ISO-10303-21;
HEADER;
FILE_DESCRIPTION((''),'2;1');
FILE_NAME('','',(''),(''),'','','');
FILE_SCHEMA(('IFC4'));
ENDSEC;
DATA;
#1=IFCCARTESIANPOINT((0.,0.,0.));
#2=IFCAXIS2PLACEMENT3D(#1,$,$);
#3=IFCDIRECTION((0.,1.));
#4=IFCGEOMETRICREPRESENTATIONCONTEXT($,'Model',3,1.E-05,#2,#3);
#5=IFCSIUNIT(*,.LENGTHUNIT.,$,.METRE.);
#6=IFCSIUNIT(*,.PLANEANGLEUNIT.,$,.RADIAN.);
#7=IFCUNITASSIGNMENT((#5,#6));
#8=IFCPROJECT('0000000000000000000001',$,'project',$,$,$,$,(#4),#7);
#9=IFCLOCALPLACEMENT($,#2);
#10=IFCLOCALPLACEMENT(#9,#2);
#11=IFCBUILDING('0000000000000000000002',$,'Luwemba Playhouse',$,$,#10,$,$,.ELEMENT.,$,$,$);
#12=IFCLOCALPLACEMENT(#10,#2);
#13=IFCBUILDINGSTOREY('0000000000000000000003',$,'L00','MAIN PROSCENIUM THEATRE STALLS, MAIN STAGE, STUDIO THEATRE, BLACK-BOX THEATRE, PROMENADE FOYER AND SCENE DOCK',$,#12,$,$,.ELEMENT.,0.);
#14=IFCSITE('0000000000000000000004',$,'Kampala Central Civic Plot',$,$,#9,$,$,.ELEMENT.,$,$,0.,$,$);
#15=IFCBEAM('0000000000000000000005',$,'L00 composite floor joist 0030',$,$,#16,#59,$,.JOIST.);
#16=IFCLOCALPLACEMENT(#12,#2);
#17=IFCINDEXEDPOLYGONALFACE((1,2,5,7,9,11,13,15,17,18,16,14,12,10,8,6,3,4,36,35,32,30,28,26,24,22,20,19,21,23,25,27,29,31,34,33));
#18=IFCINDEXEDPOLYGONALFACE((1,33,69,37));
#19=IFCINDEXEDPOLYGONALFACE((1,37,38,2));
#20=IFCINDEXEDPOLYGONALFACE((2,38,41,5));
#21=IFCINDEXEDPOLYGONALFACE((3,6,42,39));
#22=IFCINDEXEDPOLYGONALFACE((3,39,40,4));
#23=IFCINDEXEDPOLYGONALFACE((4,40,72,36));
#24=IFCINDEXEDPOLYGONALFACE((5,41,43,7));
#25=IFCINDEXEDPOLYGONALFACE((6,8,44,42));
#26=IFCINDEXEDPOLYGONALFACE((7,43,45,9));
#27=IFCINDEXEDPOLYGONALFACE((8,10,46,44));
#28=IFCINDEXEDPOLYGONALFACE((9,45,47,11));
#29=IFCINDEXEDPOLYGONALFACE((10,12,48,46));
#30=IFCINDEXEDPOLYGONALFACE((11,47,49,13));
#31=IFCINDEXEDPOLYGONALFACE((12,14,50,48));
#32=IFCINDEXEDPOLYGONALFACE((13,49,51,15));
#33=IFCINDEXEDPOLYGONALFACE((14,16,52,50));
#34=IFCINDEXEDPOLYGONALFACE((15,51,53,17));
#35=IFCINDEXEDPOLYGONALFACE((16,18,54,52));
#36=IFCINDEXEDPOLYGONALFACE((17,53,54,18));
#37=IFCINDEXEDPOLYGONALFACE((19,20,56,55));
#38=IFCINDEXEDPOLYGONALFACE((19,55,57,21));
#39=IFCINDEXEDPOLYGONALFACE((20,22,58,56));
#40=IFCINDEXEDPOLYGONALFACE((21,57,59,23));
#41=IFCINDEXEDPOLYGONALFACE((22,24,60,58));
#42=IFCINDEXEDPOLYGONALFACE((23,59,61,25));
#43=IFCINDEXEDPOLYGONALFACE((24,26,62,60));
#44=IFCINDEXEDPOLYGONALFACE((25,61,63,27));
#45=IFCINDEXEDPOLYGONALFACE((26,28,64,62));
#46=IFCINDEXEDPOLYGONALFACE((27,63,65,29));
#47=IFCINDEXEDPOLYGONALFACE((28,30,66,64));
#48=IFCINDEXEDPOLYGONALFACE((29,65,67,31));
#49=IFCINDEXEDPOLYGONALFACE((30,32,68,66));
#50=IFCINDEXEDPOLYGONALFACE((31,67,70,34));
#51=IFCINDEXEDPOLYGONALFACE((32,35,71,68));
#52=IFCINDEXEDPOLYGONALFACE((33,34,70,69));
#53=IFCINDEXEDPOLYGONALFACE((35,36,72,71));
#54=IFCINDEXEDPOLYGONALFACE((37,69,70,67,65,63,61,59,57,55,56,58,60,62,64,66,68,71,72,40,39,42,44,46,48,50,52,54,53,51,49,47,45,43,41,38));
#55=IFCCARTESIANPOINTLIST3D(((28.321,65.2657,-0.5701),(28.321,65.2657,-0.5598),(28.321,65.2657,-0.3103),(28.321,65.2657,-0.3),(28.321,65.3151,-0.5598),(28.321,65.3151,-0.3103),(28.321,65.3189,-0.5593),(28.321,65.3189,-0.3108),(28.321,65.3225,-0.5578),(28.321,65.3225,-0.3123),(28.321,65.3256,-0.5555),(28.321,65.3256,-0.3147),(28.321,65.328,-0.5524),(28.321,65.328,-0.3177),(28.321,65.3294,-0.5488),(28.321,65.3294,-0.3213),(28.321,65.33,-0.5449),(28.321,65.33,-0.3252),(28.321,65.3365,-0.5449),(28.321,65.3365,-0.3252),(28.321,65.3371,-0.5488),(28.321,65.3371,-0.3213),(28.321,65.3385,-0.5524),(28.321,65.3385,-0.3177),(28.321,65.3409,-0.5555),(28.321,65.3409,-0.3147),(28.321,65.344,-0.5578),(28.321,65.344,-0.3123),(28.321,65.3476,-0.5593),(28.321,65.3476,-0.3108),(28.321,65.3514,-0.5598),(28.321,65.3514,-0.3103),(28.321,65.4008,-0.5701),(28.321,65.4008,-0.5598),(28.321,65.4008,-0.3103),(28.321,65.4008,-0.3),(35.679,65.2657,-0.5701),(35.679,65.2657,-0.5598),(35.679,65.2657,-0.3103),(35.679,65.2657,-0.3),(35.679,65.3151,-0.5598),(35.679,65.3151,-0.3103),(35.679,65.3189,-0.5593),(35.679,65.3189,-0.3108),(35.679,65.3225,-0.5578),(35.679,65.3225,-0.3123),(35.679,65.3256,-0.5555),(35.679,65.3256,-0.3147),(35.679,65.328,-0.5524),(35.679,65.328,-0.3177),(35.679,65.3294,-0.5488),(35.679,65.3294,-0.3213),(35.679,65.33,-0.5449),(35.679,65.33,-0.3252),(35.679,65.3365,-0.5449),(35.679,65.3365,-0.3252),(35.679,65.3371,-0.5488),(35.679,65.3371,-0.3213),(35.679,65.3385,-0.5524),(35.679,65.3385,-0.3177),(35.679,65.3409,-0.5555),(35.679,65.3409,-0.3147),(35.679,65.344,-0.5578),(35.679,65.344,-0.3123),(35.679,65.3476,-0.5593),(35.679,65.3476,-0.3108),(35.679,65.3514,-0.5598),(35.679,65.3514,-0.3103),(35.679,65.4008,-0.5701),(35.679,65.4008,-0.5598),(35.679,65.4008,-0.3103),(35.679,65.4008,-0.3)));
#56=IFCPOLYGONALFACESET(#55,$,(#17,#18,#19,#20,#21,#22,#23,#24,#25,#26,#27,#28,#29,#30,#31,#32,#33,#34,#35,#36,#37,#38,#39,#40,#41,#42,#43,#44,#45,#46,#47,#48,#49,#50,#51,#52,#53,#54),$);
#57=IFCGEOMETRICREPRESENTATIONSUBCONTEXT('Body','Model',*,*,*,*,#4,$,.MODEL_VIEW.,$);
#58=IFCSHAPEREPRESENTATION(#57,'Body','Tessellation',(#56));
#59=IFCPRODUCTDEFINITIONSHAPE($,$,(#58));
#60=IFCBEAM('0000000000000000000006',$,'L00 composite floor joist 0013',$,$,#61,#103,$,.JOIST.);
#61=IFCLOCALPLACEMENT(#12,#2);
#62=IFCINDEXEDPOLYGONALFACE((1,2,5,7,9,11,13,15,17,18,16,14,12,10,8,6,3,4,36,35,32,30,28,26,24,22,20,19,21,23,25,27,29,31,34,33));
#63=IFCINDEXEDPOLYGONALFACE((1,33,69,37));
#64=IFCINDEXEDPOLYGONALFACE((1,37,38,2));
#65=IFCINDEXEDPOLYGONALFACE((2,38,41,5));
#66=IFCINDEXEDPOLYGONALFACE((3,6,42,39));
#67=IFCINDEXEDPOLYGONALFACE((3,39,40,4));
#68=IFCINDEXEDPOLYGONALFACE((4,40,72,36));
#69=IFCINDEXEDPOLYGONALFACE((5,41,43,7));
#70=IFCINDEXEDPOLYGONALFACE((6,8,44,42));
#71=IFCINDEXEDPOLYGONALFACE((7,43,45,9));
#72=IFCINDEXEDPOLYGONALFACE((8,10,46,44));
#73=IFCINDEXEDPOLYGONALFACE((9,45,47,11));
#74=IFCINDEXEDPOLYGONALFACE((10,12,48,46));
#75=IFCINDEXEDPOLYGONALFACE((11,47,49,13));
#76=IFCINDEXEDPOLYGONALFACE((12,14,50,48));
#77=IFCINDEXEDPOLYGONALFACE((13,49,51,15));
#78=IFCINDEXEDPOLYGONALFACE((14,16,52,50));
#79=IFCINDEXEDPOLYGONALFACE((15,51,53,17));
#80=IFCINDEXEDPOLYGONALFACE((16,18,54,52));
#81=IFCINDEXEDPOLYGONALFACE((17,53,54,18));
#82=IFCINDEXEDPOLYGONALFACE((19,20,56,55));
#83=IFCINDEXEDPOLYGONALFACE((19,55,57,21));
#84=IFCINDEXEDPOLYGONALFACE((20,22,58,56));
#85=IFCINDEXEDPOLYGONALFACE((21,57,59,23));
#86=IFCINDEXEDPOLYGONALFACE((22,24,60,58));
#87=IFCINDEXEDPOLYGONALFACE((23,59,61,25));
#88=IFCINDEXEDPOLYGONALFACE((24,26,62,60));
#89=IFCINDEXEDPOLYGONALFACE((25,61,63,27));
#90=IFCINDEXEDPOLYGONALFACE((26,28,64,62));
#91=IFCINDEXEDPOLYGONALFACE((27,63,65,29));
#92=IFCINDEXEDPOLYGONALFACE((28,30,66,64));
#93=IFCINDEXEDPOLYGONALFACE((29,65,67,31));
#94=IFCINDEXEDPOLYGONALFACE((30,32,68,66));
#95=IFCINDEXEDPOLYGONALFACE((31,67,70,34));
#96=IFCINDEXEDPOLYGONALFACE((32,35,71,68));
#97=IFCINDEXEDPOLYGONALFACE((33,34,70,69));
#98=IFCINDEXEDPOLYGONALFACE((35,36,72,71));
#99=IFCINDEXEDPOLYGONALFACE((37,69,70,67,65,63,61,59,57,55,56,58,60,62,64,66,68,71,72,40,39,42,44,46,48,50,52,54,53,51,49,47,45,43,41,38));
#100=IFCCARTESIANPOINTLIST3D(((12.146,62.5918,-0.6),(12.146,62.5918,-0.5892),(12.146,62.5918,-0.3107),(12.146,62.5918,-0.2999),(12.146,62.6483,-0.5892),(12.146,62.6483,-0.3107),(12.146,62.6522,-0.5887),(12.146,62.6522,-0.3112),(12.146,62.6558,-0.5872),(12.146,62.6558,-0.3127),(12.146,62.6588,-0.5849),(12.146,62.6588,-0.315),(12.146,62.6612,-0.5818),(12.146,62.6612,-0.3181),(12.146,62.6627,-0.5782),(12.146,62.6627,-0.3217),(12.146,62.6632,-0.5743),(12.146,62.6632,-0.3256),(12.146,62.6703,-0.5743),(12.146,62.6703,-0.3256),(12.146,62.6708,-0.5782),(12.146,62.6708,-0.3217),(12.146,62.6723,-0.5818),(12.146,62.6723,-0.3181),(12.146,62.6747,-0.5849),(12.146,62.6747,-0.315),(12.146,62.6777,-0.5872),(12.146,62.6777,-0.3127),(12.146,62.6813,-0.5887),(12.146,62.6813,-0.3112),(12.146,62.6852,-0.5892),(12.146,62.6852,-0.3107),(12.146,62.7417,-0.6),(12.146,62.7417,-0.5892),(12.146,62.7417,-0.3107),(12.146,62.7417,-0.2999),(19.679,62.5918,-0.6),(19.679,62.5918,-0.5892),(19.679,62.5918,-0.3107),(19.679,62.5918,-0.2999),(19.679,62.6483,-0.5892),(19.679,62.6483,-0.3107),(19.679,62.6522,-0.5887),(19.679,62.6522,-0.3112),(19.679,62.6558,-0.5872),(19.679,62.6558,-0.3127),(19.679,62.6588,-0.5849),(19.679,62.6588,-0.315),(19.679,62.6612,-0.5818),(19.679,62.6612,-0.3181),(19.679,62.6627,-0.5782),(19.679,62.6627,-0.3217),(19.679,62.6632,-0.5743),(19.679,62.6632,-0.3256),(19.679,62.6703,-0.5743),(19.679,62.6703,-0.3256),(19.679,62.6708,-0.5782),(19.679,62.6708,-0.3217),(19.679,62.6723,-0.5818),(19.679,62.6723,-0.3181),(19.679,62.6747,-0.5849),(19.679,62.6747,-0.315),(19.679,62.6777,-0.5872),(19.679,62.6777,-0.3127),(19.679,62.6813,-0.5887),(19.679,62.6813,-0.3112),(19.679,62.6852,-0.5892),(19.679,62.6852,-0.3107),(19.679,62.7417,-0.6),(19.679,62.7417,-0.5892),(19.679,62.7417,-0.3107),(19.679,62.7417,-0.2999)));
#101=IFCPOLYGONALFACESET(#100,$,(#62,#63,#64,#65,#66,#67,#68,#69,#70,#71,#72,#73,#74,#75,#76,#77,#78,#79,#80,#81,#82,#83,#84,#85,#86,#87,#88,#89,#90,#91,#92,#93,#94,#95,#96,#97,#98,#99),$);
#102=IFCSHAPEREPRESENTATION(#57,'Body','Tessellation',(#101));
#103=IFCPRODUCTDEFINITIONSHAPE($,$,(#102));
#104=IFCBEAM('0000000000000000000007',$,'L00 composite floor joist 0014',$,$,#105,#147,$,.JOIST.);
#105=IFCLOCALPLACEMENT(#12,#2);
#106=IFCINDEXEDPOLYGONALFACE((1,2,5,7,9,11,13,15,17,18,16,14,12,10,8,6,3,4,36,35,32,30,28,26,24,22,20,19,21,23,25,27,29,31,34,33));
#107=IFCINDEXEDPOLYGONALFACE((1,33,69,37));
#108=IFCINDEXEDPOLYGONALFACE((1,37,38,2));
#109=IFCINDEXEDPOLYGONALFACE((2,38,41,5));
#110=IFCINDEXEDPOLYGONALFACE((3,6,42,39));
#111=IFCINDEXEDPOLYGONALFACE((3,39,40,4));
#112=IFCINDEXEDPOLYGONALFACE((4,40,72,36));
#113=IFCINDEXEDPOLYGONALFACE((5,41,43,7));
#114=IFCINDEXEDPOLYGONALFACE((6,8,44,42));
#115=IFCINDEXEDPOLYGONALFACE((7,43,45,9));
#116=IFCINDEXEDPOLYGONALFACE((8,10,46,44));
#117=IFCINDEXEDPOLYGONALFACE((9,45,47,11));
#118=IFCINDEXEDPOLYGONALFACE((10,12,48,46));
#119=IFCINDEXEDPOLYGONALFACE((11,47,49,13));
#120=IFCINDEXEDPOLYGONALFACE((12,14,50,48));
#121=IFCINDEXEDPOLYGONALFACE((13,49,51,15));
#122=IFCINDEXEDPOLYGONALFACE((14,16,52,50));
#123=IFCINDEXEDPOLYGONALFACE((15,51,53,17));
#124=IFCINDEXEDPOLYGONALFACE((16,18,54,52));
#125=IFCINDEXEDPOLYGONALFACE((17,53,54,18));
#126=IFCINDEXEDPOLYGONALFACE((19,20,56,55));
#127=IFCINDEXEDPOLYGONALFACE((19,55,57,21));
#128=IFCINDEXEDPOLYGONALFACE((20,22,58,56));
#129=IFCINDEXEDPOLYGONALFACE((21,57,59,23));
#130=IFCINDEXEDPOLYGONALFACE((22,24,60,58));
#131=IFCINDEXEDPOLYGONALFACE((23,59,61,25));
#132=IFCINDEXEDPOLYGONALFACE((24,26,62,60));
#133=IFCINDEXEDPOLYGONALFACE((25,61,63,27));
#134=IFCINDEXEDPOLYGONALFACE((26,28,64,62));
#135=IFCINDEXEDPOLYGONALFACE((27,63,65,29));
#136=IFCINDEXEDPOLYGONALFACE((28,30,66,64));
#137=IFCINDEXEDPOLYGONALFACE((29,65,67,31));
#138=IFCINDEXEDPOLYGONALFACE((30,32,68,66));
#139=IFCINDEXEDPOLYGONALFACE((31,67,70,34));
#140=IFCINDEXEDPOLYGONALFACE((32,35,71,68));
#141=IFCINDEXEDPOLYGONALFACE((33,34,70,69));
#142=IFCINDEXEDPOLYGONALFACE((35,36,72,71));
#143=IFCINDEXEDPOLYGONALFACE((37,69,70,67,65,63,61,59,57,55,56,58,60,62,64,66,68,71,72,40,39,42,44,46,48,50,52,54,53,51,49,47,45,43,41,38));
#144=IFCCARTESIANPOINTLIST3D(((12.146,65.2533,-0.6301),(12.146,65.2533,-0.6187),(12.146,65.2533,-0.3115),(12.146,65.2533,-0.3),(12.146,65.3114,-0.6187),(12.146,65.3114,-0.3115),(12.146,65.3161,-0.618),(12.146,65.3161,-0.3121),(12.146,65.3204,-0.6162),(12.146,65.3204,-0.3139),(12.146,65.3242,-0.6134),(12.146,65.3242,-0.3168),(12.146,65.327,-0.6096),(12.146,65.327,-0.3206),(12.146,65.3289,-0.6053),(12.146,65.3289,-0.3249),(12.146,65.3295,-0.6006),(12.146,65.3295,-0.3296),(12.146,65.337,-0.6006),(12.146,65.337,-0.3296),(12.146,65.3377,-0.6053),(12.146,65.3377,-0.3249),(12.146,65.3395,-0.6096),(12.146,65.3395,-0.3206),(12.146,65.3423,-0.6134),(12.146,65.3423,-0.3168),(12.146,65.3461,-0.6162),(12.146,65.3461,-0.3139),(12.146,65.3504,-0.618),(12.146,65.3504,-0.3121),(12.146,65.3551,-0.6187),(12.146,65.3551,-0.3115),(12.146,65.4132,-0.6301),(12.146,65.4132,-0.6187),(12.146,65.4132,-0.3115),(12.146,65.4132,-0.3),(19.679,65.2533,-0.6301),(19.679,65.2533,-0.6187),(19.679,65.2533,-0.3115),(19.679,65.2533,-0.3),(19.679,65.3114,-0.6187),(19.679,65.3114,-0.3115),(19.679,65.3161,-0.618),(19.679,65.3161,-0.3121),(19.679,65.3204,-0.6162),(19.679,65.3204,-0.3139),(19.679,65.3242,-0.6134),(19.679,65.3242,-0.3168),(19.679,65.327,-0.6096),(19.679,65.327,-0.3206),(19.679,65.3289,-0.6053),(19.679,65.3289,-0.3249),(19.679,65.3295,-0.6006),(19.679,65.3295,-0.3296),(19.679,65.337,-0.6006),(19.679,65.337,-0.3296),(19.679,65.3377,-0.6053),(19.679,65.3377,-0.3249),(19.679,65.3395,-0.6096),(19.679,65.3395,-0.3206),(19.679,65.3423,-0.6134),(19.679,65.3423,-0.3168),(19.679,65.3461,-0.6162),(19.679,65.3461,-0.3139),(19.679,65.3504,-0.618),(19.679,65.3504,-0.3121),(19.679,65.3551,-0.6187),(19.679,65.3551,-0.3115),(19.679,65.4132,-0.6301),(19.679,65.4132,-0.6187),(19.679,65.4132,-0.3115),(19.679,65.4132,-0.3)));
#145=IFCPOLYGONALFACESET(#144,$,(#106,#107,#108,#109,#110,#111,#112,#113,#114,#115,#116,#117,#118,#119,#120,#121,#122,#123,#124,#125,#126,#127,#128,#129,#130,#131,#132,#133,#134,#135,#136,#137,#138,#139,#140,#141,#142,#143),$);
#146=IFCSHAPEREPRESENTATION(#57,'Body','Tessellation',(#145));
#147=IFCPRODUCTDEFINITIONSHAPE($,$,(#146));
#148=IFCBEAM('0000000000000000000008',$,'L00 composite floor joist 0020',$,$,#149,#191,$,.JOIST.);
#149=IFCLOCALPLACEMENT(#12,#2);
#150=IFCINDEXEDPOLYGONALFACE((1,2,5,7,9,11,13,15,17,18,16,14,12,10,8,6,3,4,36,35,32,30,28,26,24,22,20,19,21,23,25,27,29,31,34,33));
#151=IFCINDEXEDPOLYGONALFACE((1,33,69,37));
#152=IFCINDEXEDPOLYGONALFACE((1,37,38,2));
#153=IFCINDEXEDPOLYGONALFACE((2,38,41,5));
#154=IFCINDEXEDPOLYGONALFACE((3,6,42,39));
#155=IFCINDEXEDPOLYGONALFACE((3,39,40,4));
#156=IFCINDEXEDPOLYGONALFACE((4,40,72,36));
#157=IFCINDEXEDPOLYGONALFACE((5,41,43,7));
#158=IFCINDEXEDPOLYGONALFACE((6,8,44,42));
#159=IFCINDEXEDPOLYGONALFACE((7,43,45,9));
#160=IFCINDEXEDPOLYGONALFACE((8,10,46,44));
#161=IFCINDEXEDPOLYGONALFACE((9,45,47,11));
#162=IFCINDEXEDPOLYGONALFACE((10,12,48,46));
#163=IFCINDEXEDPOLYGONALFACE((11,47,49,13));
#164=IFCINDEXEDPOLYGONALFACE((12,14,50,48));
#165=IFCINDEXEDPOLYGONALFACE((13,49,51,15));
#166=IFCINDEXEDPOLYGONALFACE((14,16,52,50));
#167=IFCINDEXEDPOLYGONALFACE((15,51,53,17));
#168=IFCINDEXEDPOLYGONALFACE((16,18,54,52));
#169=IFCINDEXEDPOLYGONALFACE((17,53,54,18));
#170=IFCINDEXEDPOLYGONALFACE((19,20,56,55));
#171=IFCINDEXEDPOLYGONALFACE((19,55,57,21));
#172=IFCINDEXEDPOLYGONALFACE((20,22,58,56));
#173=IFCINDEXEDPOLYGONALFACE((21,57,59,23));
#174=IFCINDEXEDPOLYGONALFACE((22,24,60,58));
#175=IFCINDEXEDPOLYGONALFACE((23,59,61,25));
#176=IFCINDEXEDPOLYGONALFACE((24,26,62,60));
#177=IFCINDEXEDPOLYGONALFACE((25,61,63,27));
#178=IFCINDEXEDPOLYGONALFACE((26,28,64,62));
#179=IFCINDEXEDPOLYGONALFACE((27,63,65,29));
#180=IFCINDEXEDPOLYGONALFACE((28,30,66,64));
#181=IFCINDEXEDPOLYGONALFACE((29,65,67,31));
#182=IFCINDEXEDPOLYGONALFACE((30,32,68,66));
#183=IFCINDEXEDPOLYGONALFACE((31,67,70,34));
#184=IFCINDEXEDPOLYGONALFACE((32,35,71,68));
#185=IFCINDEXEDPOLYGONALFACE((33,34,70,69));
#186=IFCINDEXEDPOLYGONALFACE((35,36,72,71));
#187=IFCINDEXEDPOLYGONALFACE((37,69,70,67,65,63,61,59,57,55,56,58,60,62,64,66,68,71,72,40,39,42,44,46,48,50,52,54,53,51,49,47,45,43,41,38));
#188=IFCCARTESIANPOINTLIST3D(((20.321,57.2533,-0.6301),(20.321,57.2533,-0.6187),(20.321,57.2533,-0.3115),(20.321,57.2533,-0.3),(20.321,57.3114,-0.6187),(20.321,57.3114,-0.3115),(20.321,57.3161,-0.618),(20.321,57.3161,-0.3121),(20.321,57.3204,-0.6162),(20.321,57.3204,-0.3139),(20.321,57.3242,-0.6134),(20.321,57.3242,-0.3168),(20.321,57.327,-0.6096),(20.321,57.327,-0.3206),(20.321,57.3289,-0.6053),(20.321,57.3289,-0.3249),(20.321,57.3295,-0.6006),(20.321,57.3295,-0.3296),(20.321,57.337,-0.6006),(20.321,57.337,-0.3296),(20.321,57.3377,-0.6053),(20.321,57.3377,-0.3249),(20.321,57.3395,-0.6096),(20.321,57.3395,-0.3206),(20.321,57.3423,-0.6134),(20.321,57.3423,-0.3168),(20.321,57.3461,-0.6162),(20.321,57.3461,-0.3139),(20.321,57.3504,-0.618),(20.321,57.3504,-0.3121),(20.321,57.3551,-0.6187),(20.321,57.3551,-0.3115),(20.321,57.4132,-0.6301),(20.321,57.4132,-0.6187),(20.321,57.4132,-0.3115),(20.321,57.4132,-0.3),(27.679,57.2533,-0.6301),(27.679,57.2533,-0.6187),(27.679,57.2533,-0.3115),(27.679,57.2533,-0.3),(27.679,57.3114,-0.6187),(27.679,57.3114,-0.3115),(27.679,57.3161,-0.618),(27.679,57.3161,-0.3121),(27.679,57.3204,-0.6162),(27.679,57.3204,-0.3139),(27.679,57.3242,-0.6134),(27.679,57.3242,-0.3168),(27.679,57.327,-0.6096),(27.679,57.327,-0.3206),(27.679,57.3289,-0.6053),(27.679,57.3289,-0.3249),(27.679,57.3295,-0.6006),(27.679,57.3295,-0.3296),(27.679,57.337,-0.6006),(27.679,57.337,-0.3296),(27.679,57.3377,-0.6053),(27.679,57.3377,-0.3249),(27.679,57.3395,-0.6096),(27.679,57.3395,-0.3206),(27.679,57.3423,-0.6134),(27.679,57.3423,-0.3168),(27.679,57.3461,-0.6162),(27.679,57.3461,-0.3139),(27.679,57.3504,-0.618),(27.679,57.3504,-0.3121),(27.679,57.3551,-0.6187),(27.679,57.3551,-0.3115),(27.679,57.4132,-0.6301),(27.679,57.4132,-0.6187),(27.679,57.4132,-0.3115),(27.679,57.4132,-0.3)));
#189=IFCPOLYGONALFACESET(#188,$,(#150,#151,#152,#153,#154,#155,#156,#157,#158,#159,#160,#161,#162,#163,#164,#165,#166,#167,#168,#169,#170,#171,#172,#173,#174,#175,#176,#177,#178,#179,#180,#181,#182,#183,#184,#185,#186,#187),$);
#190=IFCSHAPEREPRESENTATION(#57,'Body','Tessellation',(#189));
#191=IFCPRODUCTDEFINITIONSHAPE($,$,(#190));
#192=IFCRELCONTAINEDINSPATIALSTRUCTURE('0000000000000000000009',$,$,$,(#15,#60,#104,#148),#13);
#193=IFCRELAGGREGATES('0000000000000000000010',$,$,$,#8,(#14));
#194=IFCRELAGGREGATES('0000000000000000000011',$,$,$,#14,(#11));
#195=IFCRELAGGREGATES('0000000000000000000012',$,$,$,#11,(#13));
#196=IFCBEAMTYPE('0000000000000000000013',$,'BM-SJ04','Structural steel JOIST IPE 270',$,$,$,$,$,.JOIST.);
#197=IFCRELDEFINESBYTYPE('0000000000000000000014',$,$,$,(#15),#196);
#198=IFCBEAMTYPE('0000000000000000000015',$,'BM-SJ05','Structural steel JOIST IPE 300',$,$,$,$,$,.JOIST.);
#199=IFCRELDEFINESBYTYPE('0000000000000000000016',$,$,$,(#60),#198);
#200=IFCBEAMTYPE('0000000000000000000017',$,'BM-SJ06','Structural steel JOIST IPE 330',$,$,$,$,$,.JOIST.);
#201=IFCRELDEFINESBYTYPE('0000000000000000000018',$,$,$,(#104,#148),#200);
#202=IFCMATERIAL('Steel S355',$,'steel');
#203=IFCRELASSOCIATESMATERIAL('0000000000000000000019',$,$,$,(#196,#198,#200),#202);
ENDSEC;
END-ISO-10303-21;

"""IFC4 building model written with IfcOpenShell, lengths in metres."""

from ifc_helpers import new_model, si_unit, direction, frame, origin, origin_2d, place, context, subcontext, project, spatial, i_section, extrude, material, material_profile, profile_set, type_object, element, save


model = new_model("IFC4")

# Units and contexts
model_context = context("Model", 3, precision=1e-05, world=origin(), true_north=direction((0.0, 1.0)))
body_context = subcontext(model_context, "Body", "Model", "MODEL_VIEW")
ifc_project = project(units=[si_unit("LENGTHUNIT", "METRE"), si_unit("PLANEANGLEUNIT", "RADIAN")], contexts=[model_context])

# Site, building, storey
site_placement = place(None, origin())
site = spatial("IfcSite", under=ifc_project, at=site_placement, Name="Kampala Central Civic Plot", CompositionType="ELEMENT", RefElevation=0.0)
building_placement = place(site_placement, origin())
building = spatial("IfcBuilding", under=site, at=building_placement, Name="Luwemba Playhouse", CompositionType="ELEMENT")
storey_placement = place(building_placement, origin())
storey = spatial("IfcBuildingStorey", under=building, at=storey_placement, Name="L00", Description="MAIN PROSCENIUM THEATRE STALLS, MAIN STAGE, STUDIO THEATRE, BLACK-BOX THEATRE, PROMENADE FOYER AND SCENE DOCK", CompositionType="ELEMENT", Elevation=0.0)

# Beams
ifc_material_1 = material(Name="Steel S355", Category="steel")
ifc_material_profile_1 = material_profile(ifc_material_1, i_section(OverallWidth=0.135, OverallDepth=0.27, WebThickness=0.0066, FlangeThickness=0.0103, FilletRadius=0.0149, at=origin_2d()))
ifc_profile_set_1 = profile_set([ifc_material_profile_1], Name="Steel S355")
beam_type_1 = type_object("IfcBeamType", Name="BM-SJ04", Description="Structural steel JOIST IPE 270", PredefinedType="JOIST", material=ifc_profile_set_1)
beam_1_placement = place(storey_placement, frame((28.321, 65.3333, -0.4351), z_axis=(1.0, 0.0, 0.0), x_axis=(0.0, 1.0, 0.0)))
element("IfcBeam", 1, at=beam_1_placement, inside=storey, type_object=beam_type_1, Name="L00 composite floor joist 0030", PredefinedType="JOIST", context=body_context, shape_type="SweptSolid", body=[
    extrude(i_section(OverallWidth=0.135, OverallDepth=0.27, WebThickness=0.0066, FlangeThickness=0.0103, FilletRadius=0.0149, at=origin_2d()), origin(), (0.0, 0.0, 1.0), 7.3579),
])
ifc_material_profile_2 = material_profile(ifc_material_1, i_section(OverallWidth=0.1499, OverallDepth=0.3, WebThickness=0.0071, FlangeThickness=0.0107, FilletRadius=0.0149, at=origin_2d()))
ifc_profile_set_2 = profile_set([ifc_material_profile_2], Name="Steel S355")
beam_type_2 = type_object("IfcBeamType", Name="BM-SJ05", Description="Structural steel JOIST IPE 300", PredefinedType="JOIST", material=ifc_profile_set_2)
beam_2_placement = place(storey_placement, frame((12.146, 62.6667, -0.45), z_axis=(1.0, 0.0, 0.0), x_axis=(0.0, 1.0, 0.0)))
element("IfcBeam", 2, at=beam_2_placement, inside=storey, type_object=beam_type_2, Name="L00 composite floor joist 0013", PredefinedType="JOIST", context=body_context, shape_type="SweptSolid", body=[
    extrude(i_section(OverallWidth=0.1499, OverallDepth=0.3, WebThickness=0.0071, FlangeThickness=0.0107, FilletRadius=0.0149, at=origin_2d()), origin(), (0.0, 0.0, 1.0), 7.533),
])
ifc_material_profile_3 = material_profile(ifc_material_1, i_section(OverallWidth=0.1599, OverallDepth=0.3301, WebThickness=0.0076, FlangeThickness=0.0115, FilletRadius=0.0181, at=origin_2d()))
ifc_profile_set_3 = profile_set([ifc_material_profile_3], Name="Steel S355")
beam_type_3 = type_object("IfcBeamType", Name="BM-SJ06", Description="Structural steel JOIST IPE 330", PredefinedType="JOIST", material=ifc_profile_set_3)
beam_3_placement = place(storey_placement, frame((12.146, 65.3333, -0.4651), z_axis=(1.0, 0.0, 0.0), x_axis=(0.0, 1.0, 0.0)))
element("IfcBeam", 3, at=beam_3_placement, inside=storey, type_object=beam_type_3, Name="L00 composite floor joist 0014", PredefinedType="JOIST", context=body_context, shape_type="SweptSolid", body=[
    extrude(i_section(OverallWidth=0.1599, OverallDepth=0.3301, WebThickness=0.0076, FlangeThickness=0.0115, FilletRadius=0.0181, at=origin_2d()), origin(), (0.0, 0.0, 1.0), 7.533),
])
beam_4_placement = place(storey_placement, frame((20.321, 57.3333, -0.4651), z_axis=(1.0, 0.0, 0.0), x_axis=(0.0, 1.0, 0.0)))
element("IfcBeam", 4, at=beam_4_placement, inside=storey, type_object=beam_type_3, Name="L00 composite floor joist 0020", PredefinedType="JOIST", context=body_context, shape_type="SweptSolid", body=[
    extrude(i_section(OverallWidth=0.1599, OverallDepth=0.3301, WebThickness=0.0076, FlangeThickness=0.0115, FilletRadius=0.0181, at=origin_2d()), origin(), (0.0, 0.0, 1.0), 7.3579),
])

save(model, "model.ifc")
